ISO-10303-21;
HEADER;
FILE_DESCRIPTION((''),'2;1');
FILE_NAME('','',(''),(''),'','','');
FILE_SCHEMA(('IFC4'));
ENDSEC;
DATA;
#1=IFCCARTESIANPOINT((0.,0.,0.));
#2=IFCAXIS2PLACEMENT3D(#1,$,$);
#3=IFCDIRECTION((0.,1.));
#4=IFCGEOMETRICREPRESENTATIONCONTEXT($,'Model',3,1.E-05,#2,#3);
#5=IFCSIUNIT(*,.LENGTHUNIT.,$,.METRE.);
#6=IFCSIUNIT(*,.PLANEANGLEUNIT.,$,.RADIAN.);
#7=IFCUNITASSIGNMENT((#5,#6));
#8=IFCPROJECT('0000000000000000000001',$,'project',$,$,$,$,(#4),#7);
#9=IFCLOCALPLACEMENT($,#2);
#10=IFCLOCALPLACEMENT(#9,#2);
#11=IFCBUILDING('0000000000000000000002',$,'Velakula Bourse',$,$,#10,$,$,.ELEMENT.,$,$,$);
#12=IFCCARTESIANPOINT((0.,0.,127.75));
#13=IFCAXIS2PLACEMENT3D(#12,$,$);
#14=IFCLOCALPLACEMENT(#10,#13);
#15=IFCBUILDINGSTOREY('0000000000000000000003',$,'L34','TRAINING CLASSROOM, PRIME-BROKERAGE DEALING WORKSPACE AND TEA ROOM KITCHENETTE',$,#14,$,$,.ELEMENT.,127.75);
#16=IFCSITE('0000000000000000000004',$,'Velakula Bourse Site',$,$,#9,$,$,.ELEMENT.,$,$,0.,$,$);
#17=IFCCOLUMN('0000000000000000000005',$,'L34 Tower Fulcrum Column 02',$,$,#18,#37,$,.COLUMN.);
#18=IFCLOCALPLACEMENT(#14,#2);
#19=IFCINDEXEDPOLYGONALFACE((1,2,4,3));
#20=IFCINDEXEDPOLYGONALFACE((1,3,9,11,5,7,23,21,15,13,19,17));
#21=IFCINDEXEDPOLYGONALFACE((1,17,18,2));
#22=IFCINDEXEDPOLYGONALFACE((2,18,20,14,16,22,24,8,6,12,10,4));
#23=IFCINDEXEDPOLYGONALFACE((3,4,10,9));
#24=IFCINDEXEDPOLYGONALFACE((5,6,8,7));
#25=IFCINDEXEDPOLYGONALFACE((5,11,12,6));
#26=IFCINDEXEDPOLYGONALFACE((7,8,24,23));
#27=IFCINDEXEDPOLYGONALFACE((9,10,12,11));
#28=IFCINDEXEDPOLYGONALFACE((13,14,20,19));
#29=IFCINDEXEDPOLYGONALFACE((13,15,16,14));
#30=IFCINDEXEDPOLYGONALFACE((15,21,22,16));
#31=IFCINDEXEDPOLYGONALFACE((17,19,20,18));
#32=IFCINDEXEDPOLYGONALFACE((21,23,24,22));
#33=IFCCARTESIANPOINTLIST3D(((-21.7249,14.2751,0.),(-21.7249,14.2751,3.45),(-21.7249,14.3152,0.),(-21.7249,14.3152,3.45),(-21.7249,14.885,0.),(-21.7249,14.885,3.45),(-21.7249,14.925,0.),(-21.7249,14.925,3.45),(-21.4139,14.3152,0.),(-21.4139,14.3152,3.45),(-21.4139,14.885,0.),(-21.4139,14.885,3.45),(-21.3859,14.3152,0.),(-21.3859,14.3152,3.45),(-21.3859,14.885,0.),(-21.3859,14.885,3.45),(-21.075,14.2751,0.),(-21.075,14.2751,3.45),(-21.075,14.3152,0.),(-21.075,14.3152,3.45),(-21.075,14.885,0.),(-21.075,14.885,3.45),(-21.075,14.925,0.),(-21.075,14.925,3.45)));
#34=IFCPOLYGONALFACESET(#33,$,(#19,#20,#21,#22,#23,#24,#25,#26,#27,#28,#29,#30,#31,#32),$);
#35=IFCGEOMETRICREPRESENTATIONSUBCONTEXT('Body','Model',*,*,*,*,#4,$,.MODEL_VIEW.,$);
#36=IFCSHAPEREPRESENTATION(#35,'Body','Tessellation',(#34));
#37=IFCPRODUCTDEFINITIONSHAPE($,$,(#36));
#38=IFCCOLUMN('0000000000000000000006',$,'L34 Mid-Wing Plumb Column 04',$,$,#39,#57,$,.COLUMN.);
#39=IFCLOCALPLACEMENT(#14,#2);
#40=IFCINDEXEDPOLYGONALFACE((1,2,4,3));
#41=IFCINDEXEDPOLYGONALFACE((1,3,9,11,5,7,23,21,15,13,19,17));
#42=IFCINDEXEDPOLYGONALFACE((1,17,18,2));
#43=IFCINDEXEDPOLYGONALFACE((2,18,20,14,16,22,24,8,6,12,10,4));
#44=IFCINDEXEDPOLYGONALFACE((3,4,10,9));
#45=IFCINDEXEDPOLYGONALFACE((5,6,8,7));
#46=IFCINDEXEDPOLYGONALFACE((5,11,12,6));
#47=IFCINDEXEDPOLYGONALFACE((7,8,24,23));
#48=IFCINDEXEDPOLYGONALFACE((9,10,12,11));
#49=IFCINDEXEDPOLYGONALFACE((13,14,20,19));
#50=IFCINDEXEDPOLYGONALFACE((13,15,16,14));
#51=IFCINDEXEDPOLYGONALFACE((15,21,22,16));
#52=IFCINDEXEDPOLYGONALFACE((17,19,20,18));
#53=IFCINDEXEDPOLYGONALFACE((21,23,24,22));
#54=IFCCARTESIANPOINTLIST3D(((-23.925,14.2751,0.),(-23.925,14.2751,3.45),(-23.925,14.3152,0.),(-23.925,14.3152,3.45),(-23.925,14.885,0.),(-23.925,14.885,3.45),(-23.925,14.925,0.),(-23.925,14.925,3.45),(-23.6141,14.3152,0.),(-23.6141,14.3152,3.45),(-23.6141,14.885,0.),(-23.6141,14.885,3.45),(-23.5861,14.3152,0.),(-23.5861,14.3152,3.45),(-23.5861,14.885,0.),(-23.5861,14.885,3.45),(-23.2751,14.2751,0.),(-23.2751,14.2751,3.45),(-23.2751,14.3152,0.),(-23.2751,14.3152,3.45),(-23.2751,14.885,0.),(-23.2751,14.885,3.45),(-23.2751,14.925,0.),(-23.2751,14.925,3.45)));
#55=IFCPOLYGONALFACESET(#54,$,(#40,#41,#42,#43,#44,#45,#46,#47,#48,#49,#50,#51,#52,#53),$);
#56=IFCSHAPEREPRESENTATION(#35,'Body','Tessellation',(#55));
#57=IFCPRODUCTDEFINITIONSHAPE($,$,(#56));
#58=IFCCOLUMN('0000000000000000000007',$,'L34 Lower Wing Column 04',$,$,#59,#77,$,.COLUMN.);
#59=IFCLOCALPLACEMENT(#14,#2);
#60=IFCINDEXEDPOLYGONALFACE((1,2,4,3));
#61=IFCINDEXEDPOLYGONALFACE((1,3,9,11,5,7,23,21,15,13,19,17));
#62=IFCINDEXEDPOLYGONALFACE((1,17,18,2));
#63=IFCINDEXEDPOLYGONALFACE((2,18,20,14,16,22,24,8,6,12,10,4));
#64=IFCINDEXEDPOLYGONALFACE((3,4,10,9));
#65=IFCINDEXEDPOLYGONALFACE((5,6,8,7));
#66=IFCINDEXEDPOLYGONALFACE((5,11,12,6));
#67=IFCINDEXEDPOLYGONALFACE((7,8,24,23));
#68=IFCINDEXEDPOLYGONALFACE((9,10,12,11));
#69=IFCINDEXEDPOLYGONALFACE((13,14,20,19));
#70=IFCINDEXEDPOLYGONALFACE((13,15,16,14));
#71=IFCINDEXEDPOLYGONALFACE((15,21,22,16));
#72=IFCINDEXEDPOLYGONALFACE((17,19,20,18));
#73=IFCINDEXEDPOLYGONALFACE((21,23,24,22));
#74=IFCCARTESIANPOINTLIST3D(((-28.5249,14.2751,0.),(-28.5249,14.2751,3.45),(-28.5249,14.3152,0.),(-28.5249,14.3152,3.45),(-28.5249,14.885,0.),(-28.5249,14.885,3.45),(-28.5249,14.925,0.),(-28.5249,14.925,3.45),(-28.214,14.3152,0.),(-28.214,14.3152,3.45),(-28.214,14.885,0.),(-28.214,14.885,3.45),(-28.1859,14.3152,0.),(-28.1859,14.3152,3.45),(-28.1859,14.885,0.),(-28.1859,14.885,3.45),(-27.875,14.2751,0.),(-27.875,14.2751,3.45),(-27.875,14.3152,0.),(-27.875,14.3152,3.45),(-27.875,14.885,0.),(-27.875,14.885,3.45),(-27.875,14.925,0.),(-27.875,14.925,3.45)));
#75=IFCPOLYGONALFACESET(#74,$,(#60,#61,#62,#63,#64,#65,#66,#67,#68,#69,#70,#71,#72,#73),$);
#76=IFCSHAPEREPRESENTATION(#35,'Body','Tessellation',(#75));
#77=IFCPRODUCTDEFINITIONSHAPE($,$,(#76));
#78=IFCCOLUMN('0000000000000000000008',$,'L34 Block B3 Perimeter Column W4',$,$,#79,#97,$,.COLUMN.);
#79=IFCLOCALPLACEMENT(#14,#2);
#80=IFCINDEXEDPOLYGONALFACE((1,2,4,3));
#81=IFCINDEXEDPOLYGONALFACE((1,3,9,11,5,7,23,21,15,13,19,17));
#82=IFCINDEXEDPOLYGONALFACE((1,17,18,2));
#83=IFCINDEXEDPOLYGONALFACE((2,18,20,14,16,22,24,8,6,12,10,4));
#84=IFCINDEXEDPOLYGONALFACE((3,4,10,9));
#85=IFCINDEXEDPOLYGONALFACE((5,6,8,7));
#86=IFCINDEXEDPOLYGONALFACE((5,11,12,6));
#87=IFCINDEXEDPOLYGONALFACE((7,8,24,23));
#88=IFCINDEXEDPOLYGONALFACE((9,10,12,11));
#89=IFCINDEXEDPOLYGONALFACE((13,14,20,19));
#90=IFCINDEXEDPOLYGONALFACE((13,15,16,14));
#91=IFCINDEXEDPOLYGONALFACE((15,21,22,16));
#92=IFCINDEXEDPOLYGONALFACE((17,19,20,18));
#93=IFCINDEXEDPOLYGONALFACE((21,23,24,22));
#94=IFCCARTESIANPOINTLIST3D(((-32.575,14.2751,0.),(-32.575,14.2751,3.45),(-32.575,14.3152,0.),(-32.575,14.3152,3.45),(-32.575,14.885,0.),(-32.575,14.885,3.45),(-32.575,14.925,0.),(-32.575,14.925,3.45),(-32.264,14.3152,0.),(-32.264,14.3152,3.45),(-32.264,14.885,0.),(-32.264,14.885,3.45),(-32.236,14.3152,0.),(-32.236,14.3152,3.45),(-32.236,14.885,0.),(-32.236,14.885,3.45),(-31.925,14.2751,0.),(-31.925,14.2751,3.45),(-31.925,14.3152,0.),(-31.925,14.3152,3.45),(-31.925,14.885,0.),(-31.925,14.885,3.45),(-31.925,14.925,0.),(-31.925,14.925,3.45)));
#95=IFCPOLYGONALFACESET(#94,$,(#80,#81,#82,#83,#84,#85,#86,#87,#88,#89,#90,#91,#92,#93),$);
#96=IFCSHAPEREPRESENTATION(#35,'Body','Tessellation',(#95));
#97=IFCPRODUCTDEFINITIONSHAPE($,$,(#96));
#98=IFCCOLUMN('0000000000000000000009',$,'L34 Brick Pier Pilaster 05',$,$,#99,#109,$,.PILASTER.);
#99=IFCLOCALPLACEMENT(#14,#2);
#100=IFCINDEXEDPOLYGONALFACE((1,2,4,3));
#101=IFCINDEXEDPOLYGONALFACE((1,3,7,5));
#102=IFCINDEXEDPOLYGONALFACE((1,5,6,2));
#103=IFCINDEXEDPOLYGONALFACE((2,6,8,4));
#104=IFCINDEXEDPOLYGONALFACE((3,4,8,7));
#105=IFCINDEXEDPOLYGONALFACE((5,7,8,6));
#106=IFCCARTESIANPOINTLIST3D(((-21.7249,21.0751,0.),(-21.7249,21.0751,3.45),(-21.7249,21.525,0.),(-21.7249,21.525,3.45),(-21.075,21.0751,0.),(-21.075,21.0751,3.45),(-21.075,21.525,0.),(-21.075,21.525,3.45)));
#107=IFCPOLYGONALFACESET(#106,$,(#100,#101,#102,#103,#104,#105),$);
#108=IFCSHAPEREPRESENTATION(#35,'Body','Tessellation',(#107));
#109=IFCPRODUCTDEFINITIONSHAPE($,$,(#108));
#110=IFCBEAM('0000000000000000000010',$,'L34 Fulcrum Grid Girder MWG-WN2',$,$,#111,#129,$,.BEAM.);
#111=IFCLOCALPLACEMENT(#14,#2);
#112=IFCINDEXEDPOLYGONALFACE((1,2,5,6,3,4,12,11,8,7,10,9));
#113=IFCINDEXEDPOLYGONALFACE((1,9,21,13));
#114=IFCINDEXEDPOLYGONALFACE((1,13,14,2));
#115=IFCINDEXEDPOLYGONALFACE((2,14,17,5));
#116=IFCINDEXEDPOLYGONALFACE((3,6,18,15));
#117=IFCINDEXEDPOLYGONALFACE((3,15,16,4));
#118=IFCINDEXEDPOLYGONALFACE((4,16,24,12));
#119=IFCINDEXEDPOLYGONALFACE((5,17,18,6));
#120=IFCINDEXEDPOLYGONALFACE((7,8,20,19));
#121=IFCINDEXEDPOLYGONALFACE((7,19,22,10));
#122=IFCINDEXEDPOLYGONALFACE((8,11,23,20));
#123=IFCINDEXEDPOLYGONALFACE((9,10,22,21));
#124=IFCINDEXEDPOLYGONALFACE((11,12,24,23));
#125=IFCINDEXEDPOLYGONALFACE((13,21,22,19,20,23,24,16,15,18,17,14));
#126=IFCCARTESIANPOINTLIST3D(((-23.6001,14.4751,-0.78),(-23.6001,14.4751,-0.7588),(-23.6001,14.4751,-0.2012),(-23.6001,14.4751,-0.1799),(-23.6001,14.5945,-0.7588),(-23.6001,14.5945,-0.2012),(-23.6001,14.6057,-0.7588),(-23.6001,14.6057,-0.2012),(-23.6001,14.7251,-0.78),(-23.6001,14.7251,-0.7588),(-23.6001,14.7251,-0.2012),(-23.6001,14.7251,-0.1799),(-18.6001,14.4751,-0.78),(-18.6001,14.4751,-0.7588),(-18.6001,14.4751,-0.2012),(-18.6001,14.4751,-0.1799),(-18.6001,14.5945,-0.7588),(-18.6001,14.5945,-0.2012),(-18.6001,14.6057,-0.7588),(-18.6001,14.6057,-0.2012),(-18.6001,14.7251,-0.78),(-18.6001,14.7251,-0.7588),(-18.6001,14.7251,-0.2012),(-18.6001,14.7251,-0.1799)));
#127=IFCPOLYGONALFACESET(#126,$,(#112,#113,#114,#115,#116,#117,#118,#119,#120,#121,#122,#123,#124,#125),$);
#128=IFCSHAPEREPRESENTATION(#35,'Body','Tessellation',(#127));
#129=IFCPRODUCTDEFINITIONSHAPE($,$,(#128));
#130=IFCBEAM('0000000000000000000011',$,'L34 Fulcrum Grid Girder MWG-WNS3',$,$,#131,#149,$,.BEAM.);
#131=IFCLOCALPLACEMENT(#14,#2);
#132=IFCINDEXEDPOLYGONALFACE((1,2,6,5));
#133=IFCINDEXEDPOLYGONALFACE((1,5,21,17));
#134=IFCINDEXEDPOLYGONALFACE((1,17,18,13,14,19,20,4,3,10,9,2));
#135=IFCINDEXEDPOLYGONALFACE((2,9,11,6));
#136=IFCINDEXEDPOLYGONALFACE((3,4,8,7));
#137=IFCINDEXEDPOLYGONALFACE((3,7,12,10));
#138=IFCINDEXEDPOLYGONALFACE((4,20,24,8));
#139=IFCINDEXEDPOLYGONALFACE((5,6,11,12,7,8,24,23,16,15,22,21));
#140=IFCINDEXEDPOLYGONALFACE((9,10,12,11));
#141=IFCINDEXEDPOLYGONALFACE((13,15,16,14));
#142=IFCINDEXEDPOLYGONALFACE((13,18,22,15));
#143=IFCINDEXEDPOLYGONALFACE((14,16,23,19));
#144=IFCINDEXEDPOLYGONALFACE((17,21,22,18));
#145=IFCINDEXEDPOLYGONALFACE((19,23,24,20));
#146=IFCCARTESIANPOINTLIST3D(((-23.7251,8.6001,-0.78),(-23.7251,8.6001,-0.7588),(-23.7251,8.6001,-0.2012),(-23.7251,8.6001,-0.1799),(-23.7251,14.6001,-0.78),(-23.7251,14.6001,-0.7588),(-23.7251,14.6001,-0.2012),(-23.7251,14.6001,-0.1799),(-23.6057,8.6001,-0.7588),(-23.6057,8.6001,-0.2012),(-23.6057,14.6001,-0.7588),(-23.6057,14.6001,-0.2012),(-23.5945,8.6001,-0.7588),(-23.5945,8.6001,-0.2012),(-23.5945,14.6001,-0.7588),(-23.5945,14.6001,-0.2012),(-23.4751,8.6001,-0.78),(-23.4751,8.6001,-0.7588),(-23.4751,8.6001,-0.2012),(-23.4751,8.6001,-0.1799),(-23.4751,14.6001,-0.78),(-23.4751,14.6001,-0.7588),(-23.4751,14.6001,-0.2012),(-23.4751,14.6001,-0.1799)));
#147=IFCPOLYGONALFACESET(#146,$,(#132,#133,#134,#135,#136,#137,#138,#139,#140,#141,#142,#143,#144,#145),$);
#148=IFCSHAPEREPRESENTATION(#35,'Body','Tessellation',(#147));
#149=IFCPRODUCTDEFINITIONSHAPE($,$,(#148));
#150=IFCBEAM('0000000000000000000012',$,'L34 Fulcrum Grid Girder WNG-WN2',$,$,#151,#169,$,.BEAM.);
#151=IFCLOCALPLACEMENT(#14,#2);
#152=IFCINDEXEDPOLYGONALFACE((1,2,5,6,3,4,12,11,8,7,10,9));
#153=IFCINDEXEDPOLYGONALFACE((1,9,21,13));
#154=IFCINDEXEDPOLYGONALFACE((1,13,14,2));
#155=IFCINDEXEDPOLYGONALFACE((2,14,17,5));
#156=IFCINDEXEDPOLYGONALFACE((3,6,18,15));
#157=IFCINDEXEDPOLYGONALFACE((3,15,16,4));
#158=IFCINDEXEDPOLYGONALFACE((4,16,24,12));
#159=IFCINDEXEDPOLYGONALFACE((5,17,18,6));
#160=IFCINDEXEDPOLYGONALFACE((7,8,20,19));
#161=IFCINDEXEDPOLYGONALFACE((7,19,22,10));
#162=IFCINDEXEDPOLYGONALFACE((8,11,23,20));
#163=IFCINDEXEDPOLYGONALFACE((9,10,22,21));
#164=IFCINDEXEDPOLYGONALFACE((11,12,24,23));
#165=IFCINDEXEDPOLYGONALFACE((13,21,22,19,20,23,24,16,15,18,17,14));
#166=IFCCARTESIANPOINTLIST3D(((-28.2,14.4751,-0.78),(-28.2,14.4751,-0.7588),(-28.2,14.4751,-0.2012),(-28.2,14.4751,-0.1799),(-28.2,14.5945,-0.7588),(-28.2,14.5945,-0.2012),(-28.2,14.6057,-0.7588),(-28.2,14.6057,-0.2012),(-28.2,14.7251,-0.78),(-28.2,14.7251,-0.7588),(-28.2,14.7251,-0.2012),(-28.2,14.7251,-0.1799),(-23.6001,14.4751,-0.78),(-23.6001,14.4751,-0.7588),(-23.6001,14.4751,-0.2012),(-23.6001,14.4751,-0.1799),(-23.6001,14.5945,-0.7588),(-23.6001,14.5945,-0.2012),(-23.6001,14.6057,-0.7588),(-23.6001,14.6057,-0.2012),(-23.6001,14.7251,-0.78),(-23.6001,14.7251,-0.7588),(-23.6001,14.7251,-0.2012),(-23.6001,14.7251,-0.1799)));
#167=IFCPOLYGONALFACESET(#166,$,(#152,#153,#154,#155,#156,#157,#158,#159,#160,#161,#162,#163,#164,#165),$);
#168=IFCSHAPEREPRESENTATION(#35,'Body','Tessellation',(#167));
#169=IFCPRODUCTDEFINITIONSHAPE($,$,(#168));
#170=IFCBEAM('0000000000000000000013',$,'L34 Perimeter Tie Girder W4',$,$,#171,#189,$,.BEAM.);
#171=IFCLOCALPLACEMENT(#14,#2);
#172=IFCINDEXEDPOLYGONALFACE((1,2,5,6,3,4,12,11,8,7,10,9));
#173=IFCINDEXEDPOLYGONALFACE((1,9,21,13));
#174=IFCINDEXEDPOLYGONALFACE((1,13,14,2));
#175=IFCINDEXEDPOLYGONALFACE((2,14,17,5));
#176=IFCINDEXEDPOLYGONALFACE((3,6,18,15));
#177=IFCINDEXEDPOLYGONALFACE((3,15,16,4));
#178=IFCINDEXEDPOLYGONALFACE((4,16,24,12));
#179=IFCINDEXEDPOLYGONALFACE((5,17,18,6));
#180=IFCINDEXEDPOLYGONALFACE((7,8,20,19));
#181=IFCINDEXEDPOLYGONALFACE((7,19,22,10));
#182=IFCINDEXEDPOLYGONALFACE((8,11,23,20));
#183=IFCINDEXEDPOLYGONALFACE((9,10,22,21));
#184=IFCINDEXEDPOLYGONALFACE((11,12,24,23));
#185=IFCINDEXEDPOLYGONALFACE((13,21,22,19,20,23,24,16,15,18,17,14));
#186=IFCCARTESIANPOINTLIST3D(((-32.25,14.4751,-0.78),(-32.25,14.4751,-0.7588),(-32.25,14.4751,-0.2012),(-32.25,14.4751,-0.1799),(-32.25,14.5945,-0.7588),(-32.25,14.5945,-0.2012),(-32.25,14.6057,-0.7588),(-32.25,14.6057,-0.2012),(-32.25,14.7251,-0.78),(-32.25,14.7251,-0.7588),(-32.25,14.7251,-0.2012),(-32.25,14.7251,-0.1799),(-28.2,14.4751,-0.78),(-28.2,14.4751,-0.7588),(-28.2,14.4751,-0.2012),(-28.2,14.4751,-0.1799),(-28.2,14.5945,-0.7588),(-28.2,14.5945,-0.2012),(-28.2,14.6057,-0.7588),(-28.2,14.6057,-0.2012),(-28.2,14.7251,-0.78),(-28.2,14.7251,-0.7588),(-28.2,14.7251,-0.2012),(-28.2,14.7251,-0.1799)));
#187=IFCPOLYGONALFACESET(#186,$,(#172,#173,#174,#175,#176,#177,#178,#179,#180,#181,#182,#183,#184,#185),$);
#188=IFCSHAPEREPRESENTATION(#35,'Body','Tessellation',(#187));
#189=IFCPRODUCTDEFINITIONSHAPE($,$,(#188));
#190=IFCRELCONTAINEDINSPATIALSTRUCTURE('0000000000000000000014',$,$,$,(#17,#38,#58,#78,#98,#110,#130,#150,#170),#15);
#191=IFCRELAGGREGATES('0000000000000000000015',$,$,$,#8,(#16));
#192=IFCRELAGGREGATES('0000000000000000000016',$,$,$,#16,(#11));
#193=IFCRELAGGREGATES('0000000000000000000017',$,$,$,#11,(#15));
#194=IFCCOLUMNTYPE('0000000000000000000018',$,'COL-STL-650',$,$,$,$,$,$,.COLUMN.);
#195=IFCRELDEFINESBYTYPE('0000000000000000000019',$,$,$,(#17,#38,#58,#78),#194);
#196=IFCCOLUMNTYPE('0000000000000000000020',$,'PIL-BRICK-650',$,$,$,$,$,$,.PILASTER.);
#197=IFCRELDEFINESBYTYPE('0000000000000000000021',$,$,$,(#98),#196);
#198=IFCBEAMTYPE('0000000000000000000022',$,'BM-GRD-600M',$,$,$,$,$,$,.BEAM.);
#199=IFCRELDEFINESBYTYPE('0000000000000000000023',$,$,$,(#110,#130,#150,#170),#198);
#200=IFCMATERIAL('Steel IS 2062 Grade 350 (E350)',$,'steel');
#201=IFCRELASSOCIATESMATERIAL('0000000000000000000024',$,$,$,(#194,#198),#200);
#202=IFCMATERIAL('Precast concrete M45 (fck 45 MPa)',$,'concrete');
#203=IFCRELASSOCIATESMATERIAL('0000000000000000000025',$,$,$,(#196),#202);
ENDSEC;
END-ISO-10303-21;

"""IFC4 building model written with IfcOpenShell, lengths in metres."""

from ifc_helpers import new_model, si_unit, direction, frame, origin, origin_2d, place, context, subcontext, project, spatial, rectangle, i_section, extrude, material, material_profile, profile_set, type_object, element, save


model = new_model("IFC4")

# Units and contexts
model_context = context("Model", 3, precision=1e-05, world=origin(), true_north=direction((0.0, 1.0)))
body_context = subcontext(model_context, "Body", "Model", "MODEL_VIEW")
ifc_project = project(units=[si_unit("LENGTHUNIT", "METRE"), si_unit("PLANEANGLEUNIT", "RADIAN")], contexts=[model_context])

# Site, building, storey
site_placement = place(None, origin())
site = spatial("IfcSite", under=ifc_project, at=site_placement, Name="Velakula Bourse Site", CompositionType="ELEMENT", RefElevation=0.0)
building_placement = place(site_placement, origin())
building = spatial("IfcBuilding", under=site, at=building_placement, Name="Velakula Bourse", CompositionType="ELEMENT")
storey_placement = place(building_placement, frame((0.0, 0.0, 127.75)))
storey = spatial("IfcBuildingStorey", under=building, at=storey_placement, Name="L34", Description="TRAINING CLASSROOM, PRIME-BROKERAGE DEALING WORKSPACE AND TEA ROOM KITCHENETTE", CompositionType="ELEMENT", Elevation=127.75)

# Columns
ifc_material_1 = material(Name="Steel IS 2062 Grade 350 (E350)", Category="steel")
ifc_material_profile_1 = material_profile(ifc_material_1, i_section(OverallWidth=0.6499, OverallDepth=0.6499, WebThickness=0.0281, FlangeThickness=0.04, at=origin_2d()), Name="Steel IS 2062 Grade 350 (E350)")
ifc_profile_set_1 = profile_set([ifc_material_profile_1], Name="Steel IS 2062 Grade 350 (E350)")
column_type_1 = type_object("IfcColumnType", Name="COL-STL-650", PredefinedType="COLUMN", material=ifc_profile_set_1)
for number, where, z_axis, x_axis, name in (
    (1, (-21.3999, 14.6001, 0.0), (0.0, 0.0, 1.0), (1.0, 0.0, 0.0), "L34 Tower Fulcrum Column 02"),
    (2, (-23.6001, 14.6001, 0.0), (0.0, 0.0, 1.0), (1.0, 0.0, 0.0), "L34 Mid-Wing Plumb Column 04"),
    (3, (-28.2, 14.6001, 0.0), (0.0, 0.0, 1.0), (1.0, 0.0, 0.0), "L34 Lower Wing Column 04"),
    (4, (-32.25, 14.6001, 0.0), (0.0, 0.0, 1.0), (1.0, 0.0, 0.0), "L34 Block B3 Perimeter Column W4"),
):
    element("IfcColumn", number, at=place(storey_placement, frame(where, z_axis=z_axis, x_axis=x_axis)), inside=storey, type_object=column_type_1, Name=name, PredefinedType="COLUMN", context=body_context, shape_type="SweptSolid", body=[
        extrude(i_section(OverallWidth=0.6499, OverallDepth=0.6499, WebThickness=0.0281, FlangeThickness=0.04, at=origin_2d()), origin(), (0.0, 0.0, 1.0), 3.45),
    ])
ifc_material_2 = material(Name="Precast concrete M45 (fck 45 MPa)", Category="concrete")
ifc_material_profile_2 = material_profile(ifc_material_2, rectangle(XDim=0.6499, YDim=0.45, at=origin_2d()), Name="Precast concrete M45 (fck 45 MPa)")
ifc_profile_set_2 = profile_set([ifc_material_profile_2], Name="Precast concrete M45 (fck 45 MPa)")
column_type_2 = type_object("IfcColumnType", Name="PIL-BRICK-650", PredefinedType="PILASTER", material=ifc_profile_set_2)
column_placement = place(storey_placement, frame((-21.3999, 21.3, 0.0), z_axis=(0.0, 0.0, 1.0), x_axis=(1.0, 0.0, 0.0)))
element("IfcColumn", 5, at=column_placement, inside=storey, type_object=column_type_2, Name="L34 Brick Pier Pilaster 05", PredefinedType="PILASTER", context=body_context, shape_type="SweptSolid", body=[
    extrude(rectangle(XDim=0.6499, YDim=0.45, at=origin_2d()), origin(), (0.0, 0.0, 1.0), 3.45),
])

# Beams
ifc_material_profile_3 = material_profile(ifc_material_1, i_section(OverallWidth=0.25, OverallDepth=0.6001, WebThickness=0.0112, FlangeThickness=0.0212, at=origin_2d()), Name="Steel IS 2062 Grade 350 (E350)")
ifc_profile_set_3 = profile_set([ifc_material_profile_3], Name="Steel IS 2062 Grade 350 (E350)")
beam_type_1 = type_object("IfcBeamType", Name="BM-GRD-600M", PredefinedType="BEAM", material=ifc_profile_set_3)
beam_1_placement = place(storey_placement, frame((-23.6001, 14.6001, -0.48), z_axis=(1.0, 0.0, 0.0), x_axis=(0.0, 1.0, 0.0)))
element("IfcBeam", 6, at=beam_1_placement, inside=storey, type_object=beam_type_1, Name="L34 Fulcrum Grid Girder MWG-WN2", PredefinedType="BEAM", context=body_context, shape_type="SweptSolid", body=[
    extrude(i_section(OverallWidth=0.25, OverallDepth=0.6001, WebThickness=0.0112, FlangeThickness=0.0212, at=origin_2d()), origin(), (0.0, 0.0, 1.0), 5.0),
])
beam_2_placement = place(storey_placement, frame((-23.6001, 8.6001, -0.48), z_axis=(0.0, 1.0, 0.0), x_axis=(-1.0, 0.0, 0.0)))
element("IfcBeam", 7, at=beam_2_placement, inside=storey, type_object=beam_type_1, Name="L34 Fulcrum Grid Girder MWG-WNS3", PredefinedType="BEAM", context=body_context, shape_type="SweptSolid", body=[
    extrude(i_section(OverallWidth=0.25, OverallDepth=0.6001, WebThickness=0.0112, FlangeThickness=0.0212, at=origin_2d()), origin(), (0.0, 0.0, 1.0), 6.0),
])
beam_3_placement = place(storey_placement, frame((-28.2, 14.6001, -0.48), z_axis=(1.0, 0.0, 0.0), x_axis=(0.0, 1.0, 0.0)))
element("IfcBeam", 8, at=beam_3_placement, inside=storey, type_object=beam_type_1, Name="L34 Fulcrum Grid Girder WNG-WN2", PredefinedType="BEAM", context=body_context, shape_type="SweptSolid", body=[
    extrude(i_section(OverallWidth=0.25, OverallDepth=0.6001, WebThickness=0.0112, FlangeThickness=0.0212, at=origin_2d()), origin(), (0.0, 0.0, 1.0), 4.5999),
])
beam_4_placement = place(storey_placement, frame((-28.2, 14.6001, -0.48), z_axis=(-1.0, 0.0, 0.0), x_axis=(0.0, -1.0, 0.0)))
element("IfcBeam", 9, at=beam_4_placement, inside=storey, type_object=beam_type_1, Name="L34 Perimeter Tie Girder W4", PredefinedType="BEAM", context=body_context, shape_type="SweptSolid", body=[
    extrude(i_section(OverallWidth=0.25, OverallDepth=0.6001, WebThickness=0.0112, FlangeThickness=0.0212, at=origin_2d()), origin(), (0.0, 0.0, 1.0), 4.05),
])

save(model, "model.ifc")
